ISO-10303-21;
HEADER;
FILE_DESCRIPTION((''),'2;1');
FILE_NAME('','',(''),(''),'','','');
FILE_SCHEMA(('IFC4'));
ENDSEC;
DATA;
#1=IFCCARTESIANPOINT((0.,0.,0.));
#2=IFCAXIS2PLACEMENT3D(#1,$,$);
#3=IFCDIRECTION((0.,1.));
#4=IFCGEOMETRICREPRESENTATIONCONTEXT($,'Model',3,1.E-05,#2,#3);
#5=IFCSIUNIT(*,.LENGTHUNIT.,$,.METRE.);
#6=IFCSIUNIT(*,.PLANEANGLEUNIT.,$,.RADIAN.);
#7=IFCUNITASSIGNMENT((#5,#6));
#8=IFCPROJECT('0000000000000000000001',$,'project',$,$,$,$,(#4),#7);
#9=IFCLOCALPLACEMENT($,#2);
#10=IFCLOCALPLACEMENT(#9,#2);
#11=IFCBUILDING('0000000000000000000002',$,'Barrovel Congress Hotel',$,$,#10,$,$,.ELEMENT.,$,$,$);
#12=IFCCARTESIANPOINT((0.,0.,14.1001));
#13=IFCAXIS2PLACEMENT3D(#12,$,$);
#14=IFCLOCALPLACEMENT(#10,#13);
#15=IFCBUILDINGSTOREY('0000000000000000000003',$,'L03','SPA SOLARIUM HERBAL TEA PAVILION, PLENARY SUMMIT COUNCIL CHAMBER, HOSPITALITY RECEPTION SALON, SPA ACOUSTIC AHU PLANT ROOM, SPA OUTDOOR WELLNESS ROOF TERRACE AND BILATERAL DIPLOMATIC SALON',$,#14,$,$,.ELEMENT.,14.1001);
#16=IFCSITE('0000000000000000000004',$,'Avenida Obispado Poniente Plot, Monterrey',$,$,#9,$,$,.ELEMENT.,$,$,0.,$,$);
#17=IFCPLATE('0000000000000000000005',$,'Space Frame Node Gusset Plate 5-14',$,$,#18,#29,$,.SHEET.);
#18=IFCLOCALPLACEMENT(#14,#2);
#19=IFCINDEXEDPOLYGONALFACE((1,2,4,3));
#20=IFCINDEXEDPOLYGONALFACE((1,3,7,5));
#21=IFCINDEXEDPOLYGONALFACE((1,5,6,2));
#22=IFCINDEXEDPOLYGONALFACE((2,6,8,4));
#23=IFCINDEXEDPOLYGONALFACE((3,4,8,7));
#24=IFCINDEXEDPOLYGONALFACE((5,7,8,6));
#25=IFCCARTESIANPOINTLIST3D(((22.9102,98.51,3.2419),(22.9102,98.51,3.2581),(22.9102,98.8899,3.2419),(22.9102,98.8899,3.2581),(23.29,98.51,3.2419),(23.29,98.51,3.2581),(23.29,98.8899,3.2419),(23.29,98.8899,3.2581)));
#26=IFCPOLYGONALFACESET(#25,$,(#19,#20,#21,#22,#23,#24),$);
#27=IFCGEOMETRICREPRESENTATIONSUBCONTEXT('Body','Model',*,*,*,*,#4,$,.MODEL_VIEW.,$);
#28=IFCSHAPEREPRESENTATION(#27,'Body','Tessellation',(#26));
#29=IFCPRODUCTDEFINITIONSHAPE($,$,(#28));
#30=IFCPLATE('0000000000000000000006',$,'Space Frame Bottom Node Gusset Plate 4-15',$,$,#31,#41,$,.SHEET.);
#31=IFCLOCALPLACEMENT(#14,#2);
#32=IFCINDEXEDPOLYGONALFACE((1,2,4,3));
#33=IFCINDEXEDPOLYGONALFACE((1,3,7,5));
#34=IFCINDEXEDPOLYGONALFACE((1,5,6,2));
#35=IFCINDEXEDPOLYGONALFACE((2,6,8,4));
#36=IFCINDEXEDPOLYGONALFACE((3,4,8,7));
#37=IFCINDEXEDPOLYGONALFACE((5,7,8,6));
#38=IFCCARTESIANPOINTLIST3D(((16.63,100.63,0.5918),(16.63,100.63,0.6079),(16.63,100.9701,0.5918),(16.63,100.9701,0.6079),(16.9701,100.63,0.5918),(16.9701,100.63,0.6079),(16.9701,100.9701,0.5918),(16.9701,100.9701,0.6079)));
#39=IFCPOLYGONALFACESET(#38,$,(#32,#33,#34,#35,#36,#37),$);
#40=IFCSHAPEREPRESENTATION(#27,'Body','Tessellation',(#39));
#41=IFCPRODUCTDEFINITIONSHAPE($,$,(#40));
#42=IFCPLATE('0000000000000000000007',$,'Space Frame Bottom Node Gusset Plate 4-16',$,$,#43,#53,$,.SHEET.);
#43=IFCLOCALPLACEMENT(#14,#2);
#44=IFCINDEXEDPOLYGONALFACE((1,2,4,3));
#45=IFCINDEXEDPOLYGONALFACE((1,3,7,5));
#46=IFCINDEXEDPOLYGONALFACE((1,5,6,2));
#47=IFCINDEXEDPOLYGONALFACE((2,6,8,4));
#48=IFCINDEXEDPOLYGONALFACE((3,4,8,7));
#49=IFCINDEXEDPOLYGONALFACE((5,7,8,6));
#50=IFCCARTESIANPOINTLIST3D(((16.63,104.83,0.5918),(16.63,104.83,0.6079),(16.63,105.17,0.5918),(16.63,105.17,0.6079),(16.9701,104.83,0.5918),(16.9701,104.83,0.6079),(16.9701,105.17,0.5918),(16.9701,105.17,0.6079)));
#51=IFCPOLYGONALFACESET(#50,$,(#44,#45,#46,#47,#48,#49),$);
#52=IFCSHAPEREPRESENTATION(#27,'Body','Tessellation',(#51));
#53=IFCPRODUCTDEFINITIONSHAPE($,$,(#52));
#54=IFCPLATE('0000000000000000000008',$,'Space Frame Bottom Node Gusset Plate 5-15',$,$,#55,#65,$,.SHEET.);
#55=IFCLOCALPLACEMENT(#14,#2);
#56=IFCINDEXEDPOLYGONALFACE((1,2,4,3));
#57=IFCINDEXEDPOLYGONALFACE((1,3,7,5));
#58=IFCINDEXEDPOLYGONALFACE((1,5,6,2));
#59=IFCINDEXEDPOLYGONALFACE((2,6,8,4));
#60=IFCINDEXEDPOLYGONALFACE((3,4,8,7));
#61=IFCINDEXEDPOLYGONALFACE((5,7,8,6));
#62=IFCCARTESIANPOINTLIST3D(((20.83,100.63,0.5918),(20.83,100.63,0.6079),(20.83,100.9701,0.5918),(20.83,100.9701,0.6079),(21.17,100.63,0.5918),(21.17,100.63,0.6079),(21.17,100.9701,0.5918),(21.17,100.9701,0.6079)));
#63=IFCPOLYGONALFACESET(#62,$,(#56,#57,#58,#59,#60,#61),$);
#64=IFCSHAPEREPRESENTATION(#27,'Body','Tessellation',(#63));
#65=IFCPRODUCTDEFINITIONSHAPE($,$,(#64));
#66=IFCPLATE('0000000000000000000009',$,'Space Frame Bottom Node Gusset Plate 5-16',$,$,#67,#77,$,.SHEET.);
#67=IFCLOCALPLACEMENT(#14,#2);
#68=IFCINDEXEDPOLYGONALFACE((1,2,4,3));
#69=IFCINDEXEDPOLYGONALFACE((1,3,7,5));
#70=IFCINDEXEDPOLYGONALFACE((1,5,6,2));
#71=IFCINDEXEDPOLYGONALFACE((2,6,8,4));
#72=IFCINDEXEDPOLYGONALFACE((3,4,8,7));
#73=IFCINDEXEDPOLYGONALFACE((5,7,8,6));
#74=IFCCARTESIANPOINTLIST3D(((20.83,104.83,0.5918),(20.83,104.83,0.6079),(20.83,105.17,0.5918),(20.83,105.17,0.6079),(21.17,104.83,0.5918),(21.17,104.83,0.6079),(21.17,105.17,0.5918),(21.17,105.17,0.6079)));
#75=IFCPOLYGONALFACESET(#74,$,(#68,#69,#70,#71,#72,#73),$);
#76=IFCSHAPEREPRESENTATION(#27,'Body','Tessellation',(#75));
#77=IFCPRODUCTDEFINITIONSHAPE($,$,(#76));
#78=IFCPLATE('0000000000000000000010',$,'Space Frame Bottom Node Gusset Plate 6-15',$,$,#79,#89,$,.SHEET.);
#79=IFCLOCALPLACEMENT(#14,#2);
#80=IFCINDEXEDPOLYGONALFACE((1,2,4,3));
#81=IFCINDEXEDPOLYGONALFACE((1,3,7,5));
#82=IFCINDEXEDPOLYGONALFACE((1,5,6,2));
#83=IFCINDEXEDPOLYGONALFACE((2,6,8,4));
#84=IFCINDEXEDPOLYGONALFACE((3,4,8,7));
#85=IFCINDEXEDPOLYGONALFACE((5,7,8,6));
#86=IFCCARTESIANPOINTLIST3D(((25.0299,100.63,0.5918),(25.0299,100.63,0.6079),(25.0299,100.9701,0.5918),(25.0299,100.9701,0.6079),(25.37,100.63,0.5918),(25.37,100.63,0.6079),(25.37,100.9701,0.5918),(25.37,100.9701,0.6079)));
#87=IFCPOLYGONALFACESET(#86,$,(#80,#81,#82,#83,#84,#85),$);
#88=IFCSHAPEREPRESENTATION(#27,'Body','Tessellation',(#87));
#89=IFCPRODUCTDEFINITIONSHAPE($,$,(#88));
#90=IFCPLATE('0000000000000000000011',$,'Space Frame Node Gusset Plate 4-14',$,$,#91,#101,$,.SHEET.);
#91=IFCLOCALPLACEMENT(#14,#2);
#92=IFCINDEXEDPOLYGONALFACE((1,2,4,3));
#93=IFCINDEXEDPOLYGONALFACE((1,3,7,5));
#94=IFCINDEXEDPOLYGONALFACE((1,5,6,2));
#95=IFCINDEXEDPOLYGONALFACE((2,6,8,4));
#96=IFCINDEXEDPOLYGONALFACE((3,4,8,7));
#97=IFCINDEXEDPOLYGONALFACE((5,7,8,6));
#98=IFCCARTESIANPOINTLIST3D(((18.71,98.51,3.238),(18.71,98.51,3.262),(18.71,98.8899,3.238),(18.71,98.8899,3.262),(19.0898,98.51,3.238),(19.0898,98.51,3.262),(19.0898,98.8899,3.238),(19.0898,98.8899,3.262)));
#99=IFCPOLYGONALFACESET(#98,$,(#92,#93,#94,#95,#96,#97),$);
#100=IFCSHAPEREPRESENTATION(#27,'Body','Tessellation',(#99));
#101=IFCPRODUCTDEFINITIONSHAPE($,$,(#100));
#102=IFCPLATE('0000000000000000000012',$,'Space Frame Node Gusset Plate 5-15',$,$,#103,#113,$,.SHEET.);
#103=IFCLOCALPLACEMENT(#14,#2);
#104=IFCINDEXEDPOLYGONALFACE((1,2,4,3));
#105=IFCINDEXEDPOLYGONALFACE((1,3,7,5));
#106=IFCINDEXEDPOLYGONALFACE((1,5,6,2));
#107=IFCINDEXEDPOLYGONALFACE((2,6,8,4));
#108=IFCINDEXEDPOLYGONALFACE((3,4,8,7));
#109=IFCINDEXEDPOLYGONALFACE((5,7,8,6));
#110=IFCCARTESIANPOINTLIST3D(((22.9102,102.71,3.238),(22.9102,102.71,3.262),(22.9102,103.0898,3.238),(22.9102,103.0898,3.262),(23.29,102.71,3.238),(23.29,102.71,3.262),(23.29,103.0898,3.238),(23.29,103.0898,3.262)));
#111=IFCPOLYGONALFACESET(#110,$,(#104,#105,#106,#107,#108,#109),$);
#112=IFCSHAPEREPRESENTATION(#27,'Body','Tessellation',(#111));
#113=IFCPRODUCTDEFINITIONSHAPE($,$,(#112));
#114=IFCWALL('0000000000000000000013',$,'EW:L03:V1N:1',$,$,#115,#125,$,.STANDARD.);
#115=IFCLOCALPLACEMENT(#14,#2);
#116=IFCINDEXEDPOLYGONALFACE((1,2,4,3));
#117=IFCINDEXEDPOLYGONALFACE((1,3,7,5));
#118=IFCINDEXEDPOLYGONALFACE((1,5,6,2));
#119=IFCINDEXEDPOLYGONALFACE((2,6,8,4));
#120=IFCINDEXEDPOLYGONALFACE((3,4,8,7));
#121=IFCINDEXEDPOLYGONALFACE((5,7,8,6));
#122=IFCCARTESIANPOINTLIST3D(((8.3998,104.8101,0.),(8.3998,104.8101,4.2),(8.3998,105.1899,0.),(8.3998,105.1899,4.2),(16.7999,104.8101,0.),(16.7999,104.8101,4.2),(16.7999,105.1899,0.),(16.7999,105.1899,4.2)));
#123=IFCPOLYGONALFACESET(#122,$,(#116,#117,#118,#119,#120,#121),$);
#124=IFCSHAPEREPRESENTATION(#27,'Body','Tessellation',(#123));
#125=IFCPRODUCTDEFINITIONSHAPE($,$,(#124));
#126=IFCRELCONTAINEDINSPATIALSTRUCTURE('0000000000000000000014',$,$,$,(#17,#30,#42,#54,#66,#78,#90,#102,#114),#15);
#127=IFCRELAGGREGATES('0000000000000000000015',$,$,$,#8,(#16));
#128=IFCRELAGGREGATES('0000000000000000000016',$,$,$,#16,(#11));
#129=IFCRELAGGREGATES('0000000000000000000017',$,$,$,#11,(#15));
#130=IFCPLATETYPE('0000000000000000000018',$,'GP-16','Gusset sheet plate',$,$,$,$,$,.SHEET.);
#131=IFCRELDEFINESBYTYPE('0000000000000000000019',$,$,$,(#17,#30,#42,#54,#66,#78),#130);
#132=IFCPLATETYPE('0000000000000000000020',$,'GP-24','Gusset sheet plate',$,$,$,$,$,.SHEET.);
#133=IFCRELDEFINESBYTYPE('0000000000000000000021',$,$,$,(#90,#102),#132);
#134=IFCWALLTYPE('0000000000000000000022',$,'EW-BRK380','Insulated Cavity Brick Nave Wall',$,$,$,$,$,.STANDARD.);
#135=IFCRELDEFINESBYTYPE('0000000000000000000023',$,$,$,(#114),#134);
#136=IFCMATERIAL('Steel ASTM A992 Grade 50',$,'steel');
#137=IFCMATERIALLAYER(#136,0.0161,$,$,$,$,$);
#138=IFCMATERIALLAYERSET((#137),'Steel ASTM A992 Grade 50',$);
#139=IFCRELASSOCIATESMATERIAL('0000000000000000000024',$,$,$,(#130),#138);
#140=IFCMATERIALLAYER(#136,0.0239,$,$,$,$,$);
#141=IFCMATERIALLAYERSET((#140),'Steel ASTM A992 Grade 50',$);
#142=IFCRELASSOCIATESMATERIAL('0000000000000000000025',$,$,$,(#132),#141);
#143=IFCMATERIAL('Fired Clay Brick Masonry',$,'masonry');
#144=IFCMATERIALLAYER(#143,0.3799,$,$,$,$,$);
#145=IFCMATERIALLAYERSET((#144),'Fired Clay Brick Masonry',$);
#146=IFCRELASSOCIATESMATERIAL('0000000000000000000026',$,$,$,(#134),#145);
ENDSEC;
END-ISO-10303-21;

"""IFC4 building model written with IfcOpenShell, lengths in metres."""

from ifc_helpers import new_model, si_unit, direction, frame, frame_2d, origin, origin_2d, place, context, subcontext, project, spatial, rectangle, extrude, material, layer, layer_set, type_object, element, save


model = new_model("IFC4")

# Units and contexts
model_context = context("Model", 3, precision=1e-05, world=origin(), true_north=direction((0.0, 1.0)))
body_context = subcontext(model_context, "Body", "Model", "MODEL_VIEW")
ifc_project = project(units=[si_unit("LENGTHUNIT", "METRE"), si_unit("PLANEANGLEUNIT", "RADIAN")], contexts=[model_context])

# Site, building, storey
site_placement = place(None, origin())
site = spatial("IfcSite", under=ifc_project, at=site_placement, Name="Avenida Obispado Poniente Plot, Monterrey", CompositionType="ELEMENT", RefElevation=0.0)
building_placement = place(site_placement, origin())
building = spatial("IfcBuilding", under=site, at=building_placement, Name="Barrovel Congress Hotel", CompositionType="ELEMENT")
storey_placement = place(building_placement, frame((0.0, 0.0, 14.1001)))
storey = spatial("IfcBuildingStorey", under=building, at=storey_placement, Name="L03", Description="SPA SOLARIUM HERBAL TEA PAVILION, PLENARY SUMMIT COUNCIL CHAMBER, HOSPITALITY RECEPTION SALON, SPA ACOUSTIC AHU PLANT ROOM, SPA OUTDOOR WELLNESS ROOF TERRACE AND BILATERAL DIPLOMATIC SALON", CompositionType="ELEMENT", Elevation=14.1001)

# Shared definitions
ifc_material_1 = material(Name="Steel ASTM A992 Grade 50", Category="steel")

# Plates
ifc_layer_1 = layer(ifc_material_1, 0.0161)
ifc_layer_set_1 = layer_set([ifc_layer_1], Name="Steel ASTM A992 Grade 50")
plate_type_1 = type_object("IfcPlateType", Name="GP-16", Description="Gusset sheet plate", PredefinedType="SHEET", material=ifc_layer_set_1)
for number, where, z_axis, x_axis, name in (
    (1, (23.1001, 98.7, 3.2419), (0.0, 0.0, 1.0), (1.0, 0.0, 0.0), "Space Frame Node Gusset Plate 5-14"),
):
    element("IfcPlate", number, at=place(storey_placement, frame(where, z_axis=z_axis, x_axis=x_axis)), inside=storey, type_object=plate_type_1, Name=name, PredefinedType="SHEET", context=body_context, shape_type="SweptSolid", body=[
        extrude(rectangle(XDim=0.3799, YDim=0.3799, at=origin_2d()), origin(), (0.0, 0.0, 1.0), 0.0161),
    ])
for number, where, z_axis, x_axis, name in (
    (2, (16.8, 100.8, 0.5918), (0.0, 0.0, 1.0), (1.0, 0.0, 0.0), "Space Frame Bottom Node Gusset Plate 4-15"),
    (3, (16.8, 105.0, 0.5918), (0.0, 0.0, 1.0), (1.0, 0.0, 0.0), "Space Frame Bottom Node Gusset Plate 4-16"),
    (4, (21.0, 100.8, 0.5918), (0.0, 0.0, 1.0), (1.0, 0.0, 0.0), "Space Frame Bottom Node Gusset Plate 5-15"),
    (5, (21.0, 105.0, 0.5918), (0.0, 0.0, 1.0), (1.0, 0.0, 0.0), "Space Frame Bottom Node Gusset Plate 5-16"),
    (6, (25.2, 100.8, 0.5918), (0.0, 0.0, 1.0), (1.0, 0.0, 0.0), "Space Frame Bottom Node Gusset Plate 6-15"),
):
    element("IfcPlate", number, at=place(storey_placement, frame(where, z_axis=z_axis, x_axis=x_axis)), inside=storey, type_object=plate_type_1, Name=name, PredefinedType="SHEET", context=body_context, shape_type="SweptSolid", body=[
        extrude(rectangle(XDim=0.3401, YDim=0.3401, at=origin_2d()), origin(), (0.0, 0.0, 1.0), 0.0161),
    ])
ifc_layer_2 = layer(ifc_material_1, 0.0239)
ifc_layer_set_2 = layer_set([ifc_layer_2], Name="Steel ASTM A992 Grade 50")
plate_type_2 = type_object("IfcPlateType", Name="GP-24", Description="Gusset sheet plate", PredefinedType="SHEET", material=ifc_layer_set_2)
for number, where, z_axis, x_axis, name in (
    (7, (18.8999, 98.7, 3.238), (0.0, 0.0, 1.0), (1.0, 0.0, 0.0), "Space Frame Node Gusset Plate 4-14"),
    (8, (23.1001, 102.8999, 3.238), (0.0, 0.0, 1.0), (1.0, 0.0, 0.0), "Space Frame Node Gusset Plate 5-15"),
):
    element("IfcPlate", number, at=place(storey_placement, frame(where, z_axis=z_axis, x_axis=x_axis)), inside=storey, type_object=plate_type_2, Name=name, PredefinedType="SHEET", context=body_context, shape_type="SweptSolid", body=[
        extrude(rectangle(XDim=0.3799, YDim=0.3799, at=origin_2d()), origin(), (0.0, 0.0, 1.0), 0.0239),
    ])

# Wall
ifc_material_2 = material(Name="Fired Clay Brick Masonry", Category="masonry")
ifc_layer_3 = layer(ifc_material_2, 0.3799)
ifc_layer_set_3 = layer_set([ifc_layer_3], Name="Fired Clay Brick Masonry")
wall_type = type_object("IfcWallType", Name="EW-BRK380", Description="Insulated Cavity Brick Nave Wall", PredefinedType="STANDARD", material=ifc_layer_set_3)
wall_placement = place(storey_placement, frame((16.8, 105.0, 0.0), z_axis=(0.0, 0.0, 1.0), x_axis=(-1.0, 0.0, 0.0)))
element("IfcWall", 9, at=wall_placement, inside=storey, type_object=wall_type, Name="EW:L03:V1N:1", PredefinedType="STANDARD", context=body_context, shape_type="SweptSolid", body=[
    extrude(rectangle(XDim=8.4001, YDim=0.3799, at=frame_2d((4.2002, 0.0))), origin(), (0.0, 0.0, 1.0), 4.2),
])

save(model, "model.ifc")
